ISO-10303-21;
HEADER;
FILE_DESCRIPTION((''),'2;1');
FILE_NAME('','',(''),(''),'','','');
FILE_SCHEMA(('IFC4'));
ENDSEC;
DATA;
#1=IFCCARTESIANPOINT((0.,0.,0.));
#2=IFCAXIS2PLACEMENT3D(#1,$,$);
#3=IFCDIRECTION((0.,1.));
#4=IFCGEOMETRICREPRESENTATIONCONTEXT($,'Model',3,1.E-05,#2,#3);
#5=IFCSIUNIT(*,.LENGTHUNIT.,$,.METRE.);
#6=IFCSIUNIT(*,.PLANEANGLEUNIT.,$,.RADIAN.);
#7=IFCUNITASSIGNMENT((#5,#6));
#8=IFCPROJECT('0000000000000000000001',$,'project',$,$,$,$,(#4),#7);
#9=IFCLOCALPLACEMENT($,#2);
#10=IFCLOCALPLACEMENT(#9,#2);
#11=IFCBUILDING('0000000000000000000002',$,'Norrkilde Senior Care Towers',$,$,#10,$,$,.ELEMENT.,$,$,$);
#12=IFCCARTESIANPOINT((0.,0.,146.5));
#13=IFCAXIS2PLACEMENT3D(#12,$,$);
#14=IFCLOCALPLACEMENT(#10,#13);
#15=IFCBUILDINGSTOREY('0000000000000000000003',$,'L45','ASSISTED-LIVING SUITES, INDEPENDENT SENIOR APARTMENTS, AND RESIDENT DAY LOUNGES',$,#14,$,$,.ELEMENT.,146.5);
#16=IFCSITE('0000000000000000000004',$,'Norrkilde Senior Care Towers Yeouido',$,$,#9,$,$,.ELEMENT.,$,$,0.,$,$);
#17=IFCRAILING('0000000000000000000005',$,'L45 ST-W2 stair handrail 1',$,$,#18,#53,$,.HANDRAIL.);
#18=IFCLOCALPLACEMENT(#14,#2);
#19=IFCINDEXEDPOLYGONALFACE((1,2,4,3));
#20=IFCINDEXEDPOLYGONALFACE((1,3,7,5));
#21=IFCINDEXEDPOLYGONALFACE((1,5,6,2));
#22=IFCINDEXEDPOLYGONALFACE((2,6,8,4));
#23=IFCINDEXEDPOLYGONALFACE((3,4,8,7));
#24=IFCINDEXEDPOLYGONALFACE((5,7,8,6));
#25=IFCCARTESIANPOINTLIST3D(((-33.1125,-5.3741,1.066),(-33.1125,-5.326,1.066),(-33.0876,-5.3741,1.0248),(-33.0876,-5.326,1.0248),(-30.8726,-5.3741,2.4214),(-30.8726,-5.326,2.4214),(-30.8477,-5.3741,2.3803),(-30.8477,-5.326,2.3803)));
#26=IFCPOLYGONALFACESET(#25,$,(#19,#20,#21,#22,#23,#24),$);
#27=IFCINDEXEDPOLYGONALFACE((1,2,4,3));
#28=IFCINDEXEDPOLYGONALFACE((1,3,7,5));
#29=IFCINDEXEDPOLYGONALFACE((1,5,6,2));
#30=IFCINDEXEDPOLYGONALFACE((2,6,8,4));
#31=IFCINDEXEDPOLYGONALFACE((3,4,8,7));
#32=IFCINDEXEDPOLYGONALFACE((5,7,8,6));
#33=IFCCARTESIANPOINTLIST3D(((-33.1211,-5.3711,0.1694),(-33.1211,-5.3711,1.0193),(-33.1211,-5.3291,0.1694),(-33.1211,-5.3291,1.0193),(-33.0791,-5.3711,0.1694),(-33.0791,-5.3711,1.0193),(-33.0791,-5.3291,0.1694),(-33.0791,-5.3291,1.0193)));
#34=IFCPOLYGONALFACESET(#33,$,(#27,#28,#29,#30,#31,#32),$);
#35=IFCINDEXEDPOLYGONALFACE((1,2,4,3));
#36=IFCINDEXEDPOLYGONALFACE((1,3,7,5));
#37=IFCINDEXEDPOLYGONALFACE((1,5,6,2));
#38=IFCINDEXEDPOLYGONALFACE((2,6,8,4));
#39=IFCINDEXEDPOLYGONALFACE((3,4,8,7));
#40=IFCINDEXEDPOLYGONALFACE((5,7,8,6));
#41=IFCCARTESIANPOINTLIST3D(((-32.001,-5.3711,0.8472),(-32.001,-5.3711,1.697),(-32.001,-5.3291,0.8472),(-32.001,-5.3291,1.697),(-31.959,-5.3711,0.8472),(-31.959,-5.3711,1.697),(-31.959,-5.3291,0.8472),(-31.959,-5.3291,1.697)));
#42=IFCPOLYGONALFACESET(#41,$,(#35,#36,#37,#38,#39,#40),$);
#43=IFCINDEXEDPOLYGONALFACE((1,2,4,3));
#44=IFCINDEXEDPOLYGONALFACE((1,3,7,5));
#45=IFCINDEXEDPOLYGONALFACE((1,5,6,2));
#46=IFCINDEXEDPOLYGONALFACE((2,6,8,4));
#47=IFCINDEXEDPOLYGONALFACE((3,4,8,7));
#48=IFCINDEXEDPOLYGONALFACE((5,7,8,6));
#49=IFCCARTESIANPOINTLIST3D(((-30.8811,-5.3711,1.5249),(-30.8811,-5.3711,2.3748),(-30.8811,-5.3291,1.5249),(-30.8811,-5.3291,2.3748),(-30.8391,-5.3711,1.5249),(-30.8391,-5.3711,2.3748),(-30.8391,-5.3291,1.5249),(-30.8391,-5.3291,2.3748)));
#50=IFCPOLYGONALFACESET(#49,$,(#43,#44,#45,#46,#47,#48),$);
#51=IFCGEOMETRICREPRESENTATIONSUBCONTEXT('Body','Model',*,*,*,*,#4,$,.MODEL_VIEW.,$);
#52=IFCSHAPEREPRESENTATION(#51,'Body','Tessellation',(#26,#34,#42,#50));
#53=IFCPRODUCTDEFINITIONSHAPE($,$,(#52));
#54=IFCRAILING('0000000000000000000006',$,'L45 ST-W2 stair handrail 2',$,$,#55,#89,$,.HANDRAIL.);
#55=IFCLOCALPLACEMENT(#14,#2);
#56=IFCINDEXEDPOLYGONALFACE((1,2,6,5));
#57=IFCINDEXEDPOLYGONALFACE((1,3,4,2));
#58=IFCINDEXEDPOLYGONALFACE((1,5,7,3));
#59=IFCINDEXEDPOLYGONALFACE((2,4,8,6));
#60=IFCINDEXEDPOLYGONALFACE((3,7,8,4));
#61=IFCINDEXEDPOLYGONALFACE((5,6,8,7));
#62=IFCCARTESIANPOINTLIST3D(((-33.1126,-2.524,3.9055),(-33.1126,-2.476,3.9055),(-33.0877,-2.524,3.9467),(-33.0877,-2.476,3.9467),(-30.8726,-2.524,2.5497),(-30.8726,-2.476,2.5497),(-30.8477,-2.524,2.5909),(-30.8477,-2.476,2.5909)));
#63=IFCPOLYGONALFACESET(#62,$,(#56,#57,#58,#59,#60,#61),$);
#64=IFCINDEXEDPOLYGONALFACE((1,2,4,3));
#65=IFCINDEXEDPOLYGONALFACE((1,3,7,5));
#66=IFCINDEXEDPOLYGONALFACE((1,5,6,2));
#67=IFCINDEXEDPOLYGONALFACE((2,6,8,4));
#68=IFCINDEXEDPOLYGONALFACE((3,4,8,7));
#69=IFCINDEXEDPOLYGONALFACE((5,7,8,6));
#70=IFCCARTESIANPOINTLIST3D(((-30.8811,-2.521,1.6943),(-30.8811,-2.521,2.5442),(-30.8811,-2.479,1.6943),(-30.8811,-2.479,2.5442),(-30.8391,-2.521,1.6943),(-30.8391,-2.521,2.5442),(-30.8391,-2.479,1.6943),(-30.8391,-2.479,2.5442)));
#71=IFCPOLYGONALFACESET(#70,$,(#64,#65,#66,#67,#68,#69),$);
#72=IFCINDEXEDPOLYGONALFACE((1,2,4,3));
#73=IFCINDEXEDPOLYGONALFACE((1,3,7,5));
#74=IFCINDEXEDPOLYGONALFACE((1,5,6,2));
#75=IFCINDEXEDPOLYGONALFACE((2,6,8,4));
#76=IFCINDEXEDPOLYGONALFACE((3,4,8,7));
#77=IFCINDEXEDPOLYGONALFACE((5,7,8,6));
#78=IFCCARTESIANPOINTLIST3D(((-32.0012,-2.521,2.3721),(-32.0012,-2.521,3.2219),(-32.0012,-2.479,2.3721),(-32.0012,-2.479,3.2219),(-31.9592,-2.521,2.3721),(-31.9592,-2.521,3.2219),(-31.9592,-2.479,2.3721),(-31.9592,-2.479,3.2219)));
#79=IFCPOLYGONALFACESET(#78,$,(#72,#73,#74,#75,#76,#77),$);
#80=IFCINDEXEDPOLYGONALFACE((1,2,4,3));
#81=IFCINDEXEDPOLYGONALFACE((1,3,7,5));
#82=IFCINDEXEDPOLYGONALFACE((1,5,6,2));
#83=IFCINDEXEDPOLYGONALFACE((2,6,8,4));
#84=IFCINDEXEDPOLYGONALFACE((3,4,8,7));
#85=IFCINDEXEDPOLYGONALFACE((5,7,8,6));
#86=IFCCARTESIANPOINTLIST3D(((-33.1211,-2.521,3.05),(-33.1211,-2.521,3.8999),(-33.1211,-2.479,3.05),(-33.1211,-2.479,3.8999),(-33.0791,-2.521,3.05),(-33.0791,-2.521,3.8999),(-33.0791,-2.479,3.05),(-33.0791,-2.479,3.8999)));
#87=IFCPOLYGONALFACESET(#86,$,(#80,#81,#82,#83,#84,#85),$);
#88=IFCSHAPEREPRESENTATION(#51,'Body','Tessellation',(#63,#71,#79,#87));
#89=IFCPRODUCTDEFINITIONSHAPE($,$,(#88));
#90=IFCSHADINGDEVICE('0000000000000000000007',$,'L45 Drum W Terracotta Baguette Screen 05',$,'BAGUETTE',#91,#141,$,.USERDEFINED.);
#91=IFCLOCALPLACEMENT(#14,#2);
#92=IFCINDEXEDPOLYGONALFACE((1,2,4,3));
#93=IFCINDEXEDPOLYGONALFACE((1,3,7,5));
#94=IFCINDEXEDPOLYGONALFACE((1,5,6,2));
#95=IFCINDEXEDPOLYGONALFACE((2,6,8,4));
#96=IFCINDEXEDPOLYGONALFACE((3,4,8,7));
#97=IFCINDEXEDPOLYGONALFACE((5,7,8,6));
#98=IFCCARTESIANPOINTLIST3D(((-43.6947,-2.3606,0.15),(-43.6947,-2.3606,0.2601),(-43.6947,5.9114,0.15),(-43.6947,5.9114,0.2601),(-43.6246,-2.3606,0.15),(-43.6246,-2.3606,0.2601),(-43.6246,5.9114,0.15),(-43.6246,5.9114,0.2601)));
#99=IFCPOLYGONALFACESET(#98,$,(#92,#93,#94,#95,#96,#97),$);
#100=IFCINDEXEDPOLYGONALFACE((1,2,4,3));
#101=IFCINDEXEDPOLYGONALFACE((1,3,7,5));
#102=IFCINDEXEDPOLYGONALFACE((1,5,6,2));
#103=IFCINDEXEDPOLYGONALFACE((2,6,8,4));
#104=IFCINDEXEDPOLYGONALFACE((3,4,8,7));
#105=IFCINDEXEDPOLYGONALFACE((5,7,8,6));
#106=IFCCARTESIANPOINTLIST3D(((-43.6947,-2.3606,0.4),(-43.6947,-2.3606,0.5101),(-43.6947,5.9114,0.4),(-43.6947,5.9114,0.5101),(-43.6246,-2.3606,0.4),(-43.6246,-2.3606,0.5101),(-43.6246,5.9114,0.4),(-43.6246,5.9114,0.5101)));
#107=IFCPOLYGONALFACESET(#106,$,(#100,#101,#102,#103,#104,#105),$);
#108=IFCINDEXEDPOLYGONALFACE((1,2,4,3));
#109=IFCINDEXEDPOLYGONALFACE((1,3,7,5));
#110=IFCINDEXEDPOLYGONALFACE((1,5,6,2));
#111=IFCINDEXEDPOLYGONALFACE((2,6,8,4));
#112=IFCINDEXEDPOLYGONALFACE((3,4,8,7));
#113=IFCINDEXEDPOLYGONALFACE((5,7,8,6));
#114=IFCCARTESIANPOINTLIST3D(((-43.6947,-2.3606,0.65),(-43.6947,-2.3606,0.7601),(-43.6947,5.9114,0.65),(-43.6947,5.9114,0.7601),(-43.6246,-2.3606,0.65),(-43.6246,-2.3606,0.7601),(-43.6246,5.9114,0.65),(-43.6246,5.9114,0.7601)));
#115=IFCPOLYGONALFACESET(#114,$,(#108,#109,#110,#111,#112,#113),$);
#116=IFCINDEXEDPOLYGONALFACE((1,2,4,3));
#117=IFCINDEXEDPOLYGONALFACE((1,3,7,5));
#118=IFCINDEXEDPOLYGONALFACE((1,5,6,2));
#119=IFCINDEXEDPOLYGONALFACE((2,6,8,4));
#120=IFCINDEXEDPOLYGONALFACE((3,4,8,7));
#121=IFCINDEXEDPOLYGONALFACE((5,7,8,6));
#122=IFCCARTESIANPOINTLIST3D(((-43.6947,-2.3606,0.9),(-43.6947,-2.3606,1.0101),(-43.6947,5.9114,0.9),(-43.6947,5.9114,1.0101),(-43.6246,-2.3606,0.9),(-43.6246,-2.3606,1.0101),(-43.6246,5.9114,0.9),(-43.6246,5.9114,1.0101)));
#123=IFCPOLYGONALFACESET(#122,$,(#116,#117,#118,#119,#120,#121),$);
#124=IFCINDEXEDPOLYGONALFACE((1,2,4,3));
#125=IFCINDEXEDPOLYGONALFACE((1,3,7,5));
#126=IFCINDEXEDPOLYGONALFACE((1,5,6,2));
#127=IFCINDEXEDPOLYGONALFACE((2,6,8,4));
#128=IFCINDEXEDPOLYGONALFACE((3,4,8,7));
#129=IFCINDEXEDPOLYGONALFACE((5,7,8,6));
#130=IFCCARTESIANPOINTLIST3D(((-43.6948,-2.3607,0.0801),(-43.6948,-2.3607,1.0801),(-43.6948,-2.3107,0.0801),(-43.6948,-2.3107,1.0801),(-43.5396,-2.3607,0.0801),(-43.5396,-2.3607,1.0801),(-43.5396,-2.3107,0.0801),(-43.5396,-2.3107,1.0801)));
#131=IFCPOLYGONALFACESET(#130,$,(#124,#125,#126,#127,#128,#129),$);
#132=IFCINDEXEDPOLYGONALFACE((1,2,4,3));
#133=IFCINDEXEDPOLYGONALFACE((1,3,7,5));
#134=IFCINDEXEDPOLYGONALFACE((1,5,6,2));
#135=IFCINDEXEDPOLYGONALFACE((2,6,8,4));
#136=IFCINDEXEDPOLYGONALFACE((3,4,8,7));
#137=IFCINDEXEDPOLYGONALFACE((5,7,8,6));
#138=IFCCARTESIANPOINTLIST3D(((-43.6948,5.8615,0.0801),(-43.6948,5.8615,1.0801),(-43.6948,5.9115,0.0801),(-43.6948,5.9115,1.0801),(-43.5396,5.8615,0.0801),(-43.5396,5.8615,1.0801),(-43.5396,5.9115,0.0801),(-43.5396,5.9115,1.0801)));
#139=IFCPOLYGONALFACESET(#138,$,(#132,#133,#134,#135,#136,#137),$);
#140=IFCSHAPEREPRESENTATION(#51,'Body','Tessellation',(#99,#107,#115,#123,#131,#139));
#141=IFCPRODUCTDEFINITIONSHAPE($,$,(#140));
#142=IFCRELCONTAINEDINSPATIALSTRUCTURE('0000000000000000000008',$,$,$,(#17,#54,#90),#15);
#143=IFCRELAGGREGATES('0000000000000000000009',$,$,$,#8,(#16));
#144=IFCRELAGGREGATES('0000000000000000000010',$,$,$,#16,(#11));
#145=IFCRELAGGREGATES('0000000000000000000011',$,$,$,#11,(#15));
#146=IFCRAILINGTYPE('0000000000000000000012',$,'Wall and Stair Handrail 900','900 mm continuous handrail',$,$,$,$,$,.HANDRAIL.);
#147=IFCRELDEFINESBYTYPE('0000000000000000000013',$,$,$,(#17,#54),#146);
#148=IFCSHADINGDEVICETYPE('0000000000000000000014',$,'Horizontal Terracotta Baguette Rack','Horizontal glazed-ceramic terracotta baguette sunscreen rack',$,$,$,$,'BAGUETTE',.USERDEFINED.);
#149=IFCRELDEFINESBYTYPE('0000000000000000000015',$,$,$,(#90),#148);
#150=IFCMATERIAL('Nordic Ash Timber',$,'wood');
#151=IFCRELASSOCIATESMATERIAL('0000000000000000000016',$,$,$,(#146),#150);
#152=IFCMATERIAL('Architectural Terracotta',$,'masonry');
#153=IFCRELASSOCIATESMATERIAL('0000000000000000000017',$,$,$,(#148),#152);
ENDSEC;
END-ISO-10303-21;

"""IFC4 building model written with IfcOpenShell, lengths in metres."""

from ifc_helpers import new_model, si_unit, direction, frame, origin, origin_2d, place, context, subcontext, project, spatial, rectangle, extrude, source, transform, mapped, material, type_object, type_shapes, element, save


model = new_model("IFC4")

# Units and contexts
model_context = context("Model", 3, precision=1e-05, world=origin(), true_north=direction((0.0, 1.0)))
body_context = subcontext(model_context, "Body", "Model", "MODEL_VIEW")
ifc_project = project(units=[si_unit("LENGTHUNIT", "METRE"), si_unit("PLANEANGLEUNIT", "RADIAN")], contexts=[model_context])

# Site, building, storey
site_placement = place(None, origin())
site = spatial("IfcSite", under=ifc_project, at=site_placement, Name="Norrkilde Senior Care Towers Yeouido", CompositionType="ELEMENT", RefElevation=0.0)
building_placement = place(site_placement, origin())
building = spatial("IfcBuilding", under=site, at=building_placement, Name="Norrkilde Senior Care Towers", CompositionType="ELEMENT")
storey_placement = place(building_placement, frame((0.0, 0.0, 146.5)))
storey = spatial("IfcBuildingStorey", under=building, at=storey_placement, Name="L45", Description="ASSISTED-LIVING SUITES, INDEPENDENT SENIOR APARTMENTS, AND RESIDENT DAY LOUNGES", CompositionType="ELEMENT", Elevation=146.5)

# Railings
ifc_material_1 = material(Name="Nordic Ash Timber", Category="wood")
railing_type_1 = type_object("IfcRailingType", Name="Wall and Stair Handrail 900", Description="900 mm continuous handrail", PredefinedType="HANDRAIL", material=ifc_material_1)
railing_1_placement = place(storey_placement, frame((-33.1001, -5.3501, 0.1694)))
element("IfcRailing", 1, at=railing_1_placement, inside=storey, type_object=railing_type_1, Name="L45 ST-W2 stair handrail 1", PredefinedType="HANDRAIL", context=body_context, shape_type="SweptSolid", body=[
    extrude(rectangle(XDim=0.0481, YDim=0.0481, at=origin_2d()), frame((0.0, 0.0, 0.876), z_axis=(0.855553, 0.0, 0.517715), x_axis=(0.0, 1.0, 0.0)), (0.0, 0.0, 1.0), 2.6182),
    extrude(rectangle(XDim=0.042, YDim=0.042, at=origin_2d()), origin(), (0.0, 0.0, 1.0), 0.8499),
    extrude(rectangle(XDim=0.042, YDim=0.042, at=origin_2d()), frame((1.1201, 0.0, 0.6777)), (0.0, 0.0, 1.0), 0.8499),
    extrude(rectangle(XDim=0.042, YDim=0.042, at=origin_2d()), frame((2.24, 0.0, 1.3555)), (0.0, 0.0, 1.0), 0.8499),
])
railing_2_placement = place(storey_placement, frame((-30.8601, -2.5, 1.6943)))
element("IfcRailing", 2, at=railing_2_placement, inside=storey, type_object=railing_type_1, Name="L45 ST-W2 stair handrail 2", PredefinedType="HANDRAIL", context=body_context, shape_type="SweptSolid", body=[
    extrude(rectangle(XDim=0.0481, YDim=0.0481, at=origin_2d()), frame((0.0, 0.0, 0.876), z_axis=(-0.855512, 0.0, 0.517783), x_axis=(0.0, -1.0, 0.0)), (0.0, 0.0, 1.0), 2.6184),
    extrude(rectangle(XDim=0.042, YDim=0.042, at=origin_2d()), origin(), (0.0, 0.0, 1.0), 0.8499),
    extrude(rectangle(XDim=0.042, YDim=0.042, at=origin_2d()), frame((-1.1201, 0.0, 0.6777)), (0.0, 0.0, 1.0), 0.8499),
    extrude(rectangle(XDim=0.042, YDim=0.042, at=origin_2d()), frame((-2.24, 0.0, 1.3557)), (0.0, 0.0, 1.0), 0.8499),
])

# Shading device
ifc_material_2 = material(Name="Architectural Terracotta", Category="masonry")
shading_device_type = type_object("IfcShadingDeviceType", Name="Horizontal Terracotta Baguette Rack", Description="Horizontal glazed-ceramic terracotta baguette sunscreen rack", ElementType="BAGUETTE", PredefinedType="USERDEFINED", material=ifc_material_2)
shared_shape_1 = source(origin(), body_context, "Body", "SweptSolid", [
    extrude(rectangle(XDim=0.0701, YDim=0.1101, at=origin_2d()), frame((0.0, 0.0901, 0.125), z_axis=(1.0, 0.0, 0.0), x_axis=(0.0, 1.0, 0.0)), (0.0, 0.0, 1.0), 8.272),
    extrude(rectangle(XDim=0.0701, YDim=0.1101, at=origin_2d()), frame((0.0, 0.0901, 0.375), z_axis=(1.0, 0.0, 0.0), x_axis=(0.0, 1.0, 0.0)), (0.0, 0.0, 1.0), 8.272),
    extrude(rectangle(XDim=0.0701, YDim=0.1101, at=origin_2d()), frame((0.0, 0.0901, 0.625), z_axis=(1.0, 0.0, 0.0), x_axis=(0.0, 1.0, 0.0)), (0.0, 0.0, 1.0), 8.272),
    extrude(rectangle(XDim=0.0701, YDim=0.1101, at=origin_2d()), frame((0.0, 0.0901, 0.875), z_axis=(1.0, 0.0, 0.0), x_axis=(0.0, 1.0, 0.0)), (0.0, 0.0, 1.0), 8.272),
    extrude(rectangle(XDim=0.05, YDim=0.1553, at=origin_2d()), frame((0.0249, 0.0476, 0.0)), (0.0, 0.0, 1.0), 1.0),
    extrude(rectangle(XDim=0.05, YDim=0.1553, at=origin_2d()), frame((8.2471, 0.0476, 0.0)), (0.0, 0.0, 1.0), 1.0),
])
type_shapes(shading_device_type, [shared_shape_1])
shading_device_placement = place(storey_placement, frame((-43.5696, -2.3606, 0.0801), z_axis=(0.0, 0.0, 1.0), x_axis=(0.0, 1.0, 0.0)))
element("IfcShadingDevice", 3, at=shading_device_placement, inside=storey, type_object=shading_device_type, Name="L45 Drum W Terracotta Baguette Screen 05", ObjectType="BAGUETTE", PredefinedType="USERDEFINED", context=body_context, shape_type="MappedRepresentation", body=[
    mapped(shared_shape_1, transform((0.0, 0.0, 0.0), x_axis=(1.0, 0.0, 0.0), y_axis=(0.0, 1.0, 0.0), z_axis=(0.0, 0.0, 1.0), scale=1.0)),
])

save(model, "model.ifc")
